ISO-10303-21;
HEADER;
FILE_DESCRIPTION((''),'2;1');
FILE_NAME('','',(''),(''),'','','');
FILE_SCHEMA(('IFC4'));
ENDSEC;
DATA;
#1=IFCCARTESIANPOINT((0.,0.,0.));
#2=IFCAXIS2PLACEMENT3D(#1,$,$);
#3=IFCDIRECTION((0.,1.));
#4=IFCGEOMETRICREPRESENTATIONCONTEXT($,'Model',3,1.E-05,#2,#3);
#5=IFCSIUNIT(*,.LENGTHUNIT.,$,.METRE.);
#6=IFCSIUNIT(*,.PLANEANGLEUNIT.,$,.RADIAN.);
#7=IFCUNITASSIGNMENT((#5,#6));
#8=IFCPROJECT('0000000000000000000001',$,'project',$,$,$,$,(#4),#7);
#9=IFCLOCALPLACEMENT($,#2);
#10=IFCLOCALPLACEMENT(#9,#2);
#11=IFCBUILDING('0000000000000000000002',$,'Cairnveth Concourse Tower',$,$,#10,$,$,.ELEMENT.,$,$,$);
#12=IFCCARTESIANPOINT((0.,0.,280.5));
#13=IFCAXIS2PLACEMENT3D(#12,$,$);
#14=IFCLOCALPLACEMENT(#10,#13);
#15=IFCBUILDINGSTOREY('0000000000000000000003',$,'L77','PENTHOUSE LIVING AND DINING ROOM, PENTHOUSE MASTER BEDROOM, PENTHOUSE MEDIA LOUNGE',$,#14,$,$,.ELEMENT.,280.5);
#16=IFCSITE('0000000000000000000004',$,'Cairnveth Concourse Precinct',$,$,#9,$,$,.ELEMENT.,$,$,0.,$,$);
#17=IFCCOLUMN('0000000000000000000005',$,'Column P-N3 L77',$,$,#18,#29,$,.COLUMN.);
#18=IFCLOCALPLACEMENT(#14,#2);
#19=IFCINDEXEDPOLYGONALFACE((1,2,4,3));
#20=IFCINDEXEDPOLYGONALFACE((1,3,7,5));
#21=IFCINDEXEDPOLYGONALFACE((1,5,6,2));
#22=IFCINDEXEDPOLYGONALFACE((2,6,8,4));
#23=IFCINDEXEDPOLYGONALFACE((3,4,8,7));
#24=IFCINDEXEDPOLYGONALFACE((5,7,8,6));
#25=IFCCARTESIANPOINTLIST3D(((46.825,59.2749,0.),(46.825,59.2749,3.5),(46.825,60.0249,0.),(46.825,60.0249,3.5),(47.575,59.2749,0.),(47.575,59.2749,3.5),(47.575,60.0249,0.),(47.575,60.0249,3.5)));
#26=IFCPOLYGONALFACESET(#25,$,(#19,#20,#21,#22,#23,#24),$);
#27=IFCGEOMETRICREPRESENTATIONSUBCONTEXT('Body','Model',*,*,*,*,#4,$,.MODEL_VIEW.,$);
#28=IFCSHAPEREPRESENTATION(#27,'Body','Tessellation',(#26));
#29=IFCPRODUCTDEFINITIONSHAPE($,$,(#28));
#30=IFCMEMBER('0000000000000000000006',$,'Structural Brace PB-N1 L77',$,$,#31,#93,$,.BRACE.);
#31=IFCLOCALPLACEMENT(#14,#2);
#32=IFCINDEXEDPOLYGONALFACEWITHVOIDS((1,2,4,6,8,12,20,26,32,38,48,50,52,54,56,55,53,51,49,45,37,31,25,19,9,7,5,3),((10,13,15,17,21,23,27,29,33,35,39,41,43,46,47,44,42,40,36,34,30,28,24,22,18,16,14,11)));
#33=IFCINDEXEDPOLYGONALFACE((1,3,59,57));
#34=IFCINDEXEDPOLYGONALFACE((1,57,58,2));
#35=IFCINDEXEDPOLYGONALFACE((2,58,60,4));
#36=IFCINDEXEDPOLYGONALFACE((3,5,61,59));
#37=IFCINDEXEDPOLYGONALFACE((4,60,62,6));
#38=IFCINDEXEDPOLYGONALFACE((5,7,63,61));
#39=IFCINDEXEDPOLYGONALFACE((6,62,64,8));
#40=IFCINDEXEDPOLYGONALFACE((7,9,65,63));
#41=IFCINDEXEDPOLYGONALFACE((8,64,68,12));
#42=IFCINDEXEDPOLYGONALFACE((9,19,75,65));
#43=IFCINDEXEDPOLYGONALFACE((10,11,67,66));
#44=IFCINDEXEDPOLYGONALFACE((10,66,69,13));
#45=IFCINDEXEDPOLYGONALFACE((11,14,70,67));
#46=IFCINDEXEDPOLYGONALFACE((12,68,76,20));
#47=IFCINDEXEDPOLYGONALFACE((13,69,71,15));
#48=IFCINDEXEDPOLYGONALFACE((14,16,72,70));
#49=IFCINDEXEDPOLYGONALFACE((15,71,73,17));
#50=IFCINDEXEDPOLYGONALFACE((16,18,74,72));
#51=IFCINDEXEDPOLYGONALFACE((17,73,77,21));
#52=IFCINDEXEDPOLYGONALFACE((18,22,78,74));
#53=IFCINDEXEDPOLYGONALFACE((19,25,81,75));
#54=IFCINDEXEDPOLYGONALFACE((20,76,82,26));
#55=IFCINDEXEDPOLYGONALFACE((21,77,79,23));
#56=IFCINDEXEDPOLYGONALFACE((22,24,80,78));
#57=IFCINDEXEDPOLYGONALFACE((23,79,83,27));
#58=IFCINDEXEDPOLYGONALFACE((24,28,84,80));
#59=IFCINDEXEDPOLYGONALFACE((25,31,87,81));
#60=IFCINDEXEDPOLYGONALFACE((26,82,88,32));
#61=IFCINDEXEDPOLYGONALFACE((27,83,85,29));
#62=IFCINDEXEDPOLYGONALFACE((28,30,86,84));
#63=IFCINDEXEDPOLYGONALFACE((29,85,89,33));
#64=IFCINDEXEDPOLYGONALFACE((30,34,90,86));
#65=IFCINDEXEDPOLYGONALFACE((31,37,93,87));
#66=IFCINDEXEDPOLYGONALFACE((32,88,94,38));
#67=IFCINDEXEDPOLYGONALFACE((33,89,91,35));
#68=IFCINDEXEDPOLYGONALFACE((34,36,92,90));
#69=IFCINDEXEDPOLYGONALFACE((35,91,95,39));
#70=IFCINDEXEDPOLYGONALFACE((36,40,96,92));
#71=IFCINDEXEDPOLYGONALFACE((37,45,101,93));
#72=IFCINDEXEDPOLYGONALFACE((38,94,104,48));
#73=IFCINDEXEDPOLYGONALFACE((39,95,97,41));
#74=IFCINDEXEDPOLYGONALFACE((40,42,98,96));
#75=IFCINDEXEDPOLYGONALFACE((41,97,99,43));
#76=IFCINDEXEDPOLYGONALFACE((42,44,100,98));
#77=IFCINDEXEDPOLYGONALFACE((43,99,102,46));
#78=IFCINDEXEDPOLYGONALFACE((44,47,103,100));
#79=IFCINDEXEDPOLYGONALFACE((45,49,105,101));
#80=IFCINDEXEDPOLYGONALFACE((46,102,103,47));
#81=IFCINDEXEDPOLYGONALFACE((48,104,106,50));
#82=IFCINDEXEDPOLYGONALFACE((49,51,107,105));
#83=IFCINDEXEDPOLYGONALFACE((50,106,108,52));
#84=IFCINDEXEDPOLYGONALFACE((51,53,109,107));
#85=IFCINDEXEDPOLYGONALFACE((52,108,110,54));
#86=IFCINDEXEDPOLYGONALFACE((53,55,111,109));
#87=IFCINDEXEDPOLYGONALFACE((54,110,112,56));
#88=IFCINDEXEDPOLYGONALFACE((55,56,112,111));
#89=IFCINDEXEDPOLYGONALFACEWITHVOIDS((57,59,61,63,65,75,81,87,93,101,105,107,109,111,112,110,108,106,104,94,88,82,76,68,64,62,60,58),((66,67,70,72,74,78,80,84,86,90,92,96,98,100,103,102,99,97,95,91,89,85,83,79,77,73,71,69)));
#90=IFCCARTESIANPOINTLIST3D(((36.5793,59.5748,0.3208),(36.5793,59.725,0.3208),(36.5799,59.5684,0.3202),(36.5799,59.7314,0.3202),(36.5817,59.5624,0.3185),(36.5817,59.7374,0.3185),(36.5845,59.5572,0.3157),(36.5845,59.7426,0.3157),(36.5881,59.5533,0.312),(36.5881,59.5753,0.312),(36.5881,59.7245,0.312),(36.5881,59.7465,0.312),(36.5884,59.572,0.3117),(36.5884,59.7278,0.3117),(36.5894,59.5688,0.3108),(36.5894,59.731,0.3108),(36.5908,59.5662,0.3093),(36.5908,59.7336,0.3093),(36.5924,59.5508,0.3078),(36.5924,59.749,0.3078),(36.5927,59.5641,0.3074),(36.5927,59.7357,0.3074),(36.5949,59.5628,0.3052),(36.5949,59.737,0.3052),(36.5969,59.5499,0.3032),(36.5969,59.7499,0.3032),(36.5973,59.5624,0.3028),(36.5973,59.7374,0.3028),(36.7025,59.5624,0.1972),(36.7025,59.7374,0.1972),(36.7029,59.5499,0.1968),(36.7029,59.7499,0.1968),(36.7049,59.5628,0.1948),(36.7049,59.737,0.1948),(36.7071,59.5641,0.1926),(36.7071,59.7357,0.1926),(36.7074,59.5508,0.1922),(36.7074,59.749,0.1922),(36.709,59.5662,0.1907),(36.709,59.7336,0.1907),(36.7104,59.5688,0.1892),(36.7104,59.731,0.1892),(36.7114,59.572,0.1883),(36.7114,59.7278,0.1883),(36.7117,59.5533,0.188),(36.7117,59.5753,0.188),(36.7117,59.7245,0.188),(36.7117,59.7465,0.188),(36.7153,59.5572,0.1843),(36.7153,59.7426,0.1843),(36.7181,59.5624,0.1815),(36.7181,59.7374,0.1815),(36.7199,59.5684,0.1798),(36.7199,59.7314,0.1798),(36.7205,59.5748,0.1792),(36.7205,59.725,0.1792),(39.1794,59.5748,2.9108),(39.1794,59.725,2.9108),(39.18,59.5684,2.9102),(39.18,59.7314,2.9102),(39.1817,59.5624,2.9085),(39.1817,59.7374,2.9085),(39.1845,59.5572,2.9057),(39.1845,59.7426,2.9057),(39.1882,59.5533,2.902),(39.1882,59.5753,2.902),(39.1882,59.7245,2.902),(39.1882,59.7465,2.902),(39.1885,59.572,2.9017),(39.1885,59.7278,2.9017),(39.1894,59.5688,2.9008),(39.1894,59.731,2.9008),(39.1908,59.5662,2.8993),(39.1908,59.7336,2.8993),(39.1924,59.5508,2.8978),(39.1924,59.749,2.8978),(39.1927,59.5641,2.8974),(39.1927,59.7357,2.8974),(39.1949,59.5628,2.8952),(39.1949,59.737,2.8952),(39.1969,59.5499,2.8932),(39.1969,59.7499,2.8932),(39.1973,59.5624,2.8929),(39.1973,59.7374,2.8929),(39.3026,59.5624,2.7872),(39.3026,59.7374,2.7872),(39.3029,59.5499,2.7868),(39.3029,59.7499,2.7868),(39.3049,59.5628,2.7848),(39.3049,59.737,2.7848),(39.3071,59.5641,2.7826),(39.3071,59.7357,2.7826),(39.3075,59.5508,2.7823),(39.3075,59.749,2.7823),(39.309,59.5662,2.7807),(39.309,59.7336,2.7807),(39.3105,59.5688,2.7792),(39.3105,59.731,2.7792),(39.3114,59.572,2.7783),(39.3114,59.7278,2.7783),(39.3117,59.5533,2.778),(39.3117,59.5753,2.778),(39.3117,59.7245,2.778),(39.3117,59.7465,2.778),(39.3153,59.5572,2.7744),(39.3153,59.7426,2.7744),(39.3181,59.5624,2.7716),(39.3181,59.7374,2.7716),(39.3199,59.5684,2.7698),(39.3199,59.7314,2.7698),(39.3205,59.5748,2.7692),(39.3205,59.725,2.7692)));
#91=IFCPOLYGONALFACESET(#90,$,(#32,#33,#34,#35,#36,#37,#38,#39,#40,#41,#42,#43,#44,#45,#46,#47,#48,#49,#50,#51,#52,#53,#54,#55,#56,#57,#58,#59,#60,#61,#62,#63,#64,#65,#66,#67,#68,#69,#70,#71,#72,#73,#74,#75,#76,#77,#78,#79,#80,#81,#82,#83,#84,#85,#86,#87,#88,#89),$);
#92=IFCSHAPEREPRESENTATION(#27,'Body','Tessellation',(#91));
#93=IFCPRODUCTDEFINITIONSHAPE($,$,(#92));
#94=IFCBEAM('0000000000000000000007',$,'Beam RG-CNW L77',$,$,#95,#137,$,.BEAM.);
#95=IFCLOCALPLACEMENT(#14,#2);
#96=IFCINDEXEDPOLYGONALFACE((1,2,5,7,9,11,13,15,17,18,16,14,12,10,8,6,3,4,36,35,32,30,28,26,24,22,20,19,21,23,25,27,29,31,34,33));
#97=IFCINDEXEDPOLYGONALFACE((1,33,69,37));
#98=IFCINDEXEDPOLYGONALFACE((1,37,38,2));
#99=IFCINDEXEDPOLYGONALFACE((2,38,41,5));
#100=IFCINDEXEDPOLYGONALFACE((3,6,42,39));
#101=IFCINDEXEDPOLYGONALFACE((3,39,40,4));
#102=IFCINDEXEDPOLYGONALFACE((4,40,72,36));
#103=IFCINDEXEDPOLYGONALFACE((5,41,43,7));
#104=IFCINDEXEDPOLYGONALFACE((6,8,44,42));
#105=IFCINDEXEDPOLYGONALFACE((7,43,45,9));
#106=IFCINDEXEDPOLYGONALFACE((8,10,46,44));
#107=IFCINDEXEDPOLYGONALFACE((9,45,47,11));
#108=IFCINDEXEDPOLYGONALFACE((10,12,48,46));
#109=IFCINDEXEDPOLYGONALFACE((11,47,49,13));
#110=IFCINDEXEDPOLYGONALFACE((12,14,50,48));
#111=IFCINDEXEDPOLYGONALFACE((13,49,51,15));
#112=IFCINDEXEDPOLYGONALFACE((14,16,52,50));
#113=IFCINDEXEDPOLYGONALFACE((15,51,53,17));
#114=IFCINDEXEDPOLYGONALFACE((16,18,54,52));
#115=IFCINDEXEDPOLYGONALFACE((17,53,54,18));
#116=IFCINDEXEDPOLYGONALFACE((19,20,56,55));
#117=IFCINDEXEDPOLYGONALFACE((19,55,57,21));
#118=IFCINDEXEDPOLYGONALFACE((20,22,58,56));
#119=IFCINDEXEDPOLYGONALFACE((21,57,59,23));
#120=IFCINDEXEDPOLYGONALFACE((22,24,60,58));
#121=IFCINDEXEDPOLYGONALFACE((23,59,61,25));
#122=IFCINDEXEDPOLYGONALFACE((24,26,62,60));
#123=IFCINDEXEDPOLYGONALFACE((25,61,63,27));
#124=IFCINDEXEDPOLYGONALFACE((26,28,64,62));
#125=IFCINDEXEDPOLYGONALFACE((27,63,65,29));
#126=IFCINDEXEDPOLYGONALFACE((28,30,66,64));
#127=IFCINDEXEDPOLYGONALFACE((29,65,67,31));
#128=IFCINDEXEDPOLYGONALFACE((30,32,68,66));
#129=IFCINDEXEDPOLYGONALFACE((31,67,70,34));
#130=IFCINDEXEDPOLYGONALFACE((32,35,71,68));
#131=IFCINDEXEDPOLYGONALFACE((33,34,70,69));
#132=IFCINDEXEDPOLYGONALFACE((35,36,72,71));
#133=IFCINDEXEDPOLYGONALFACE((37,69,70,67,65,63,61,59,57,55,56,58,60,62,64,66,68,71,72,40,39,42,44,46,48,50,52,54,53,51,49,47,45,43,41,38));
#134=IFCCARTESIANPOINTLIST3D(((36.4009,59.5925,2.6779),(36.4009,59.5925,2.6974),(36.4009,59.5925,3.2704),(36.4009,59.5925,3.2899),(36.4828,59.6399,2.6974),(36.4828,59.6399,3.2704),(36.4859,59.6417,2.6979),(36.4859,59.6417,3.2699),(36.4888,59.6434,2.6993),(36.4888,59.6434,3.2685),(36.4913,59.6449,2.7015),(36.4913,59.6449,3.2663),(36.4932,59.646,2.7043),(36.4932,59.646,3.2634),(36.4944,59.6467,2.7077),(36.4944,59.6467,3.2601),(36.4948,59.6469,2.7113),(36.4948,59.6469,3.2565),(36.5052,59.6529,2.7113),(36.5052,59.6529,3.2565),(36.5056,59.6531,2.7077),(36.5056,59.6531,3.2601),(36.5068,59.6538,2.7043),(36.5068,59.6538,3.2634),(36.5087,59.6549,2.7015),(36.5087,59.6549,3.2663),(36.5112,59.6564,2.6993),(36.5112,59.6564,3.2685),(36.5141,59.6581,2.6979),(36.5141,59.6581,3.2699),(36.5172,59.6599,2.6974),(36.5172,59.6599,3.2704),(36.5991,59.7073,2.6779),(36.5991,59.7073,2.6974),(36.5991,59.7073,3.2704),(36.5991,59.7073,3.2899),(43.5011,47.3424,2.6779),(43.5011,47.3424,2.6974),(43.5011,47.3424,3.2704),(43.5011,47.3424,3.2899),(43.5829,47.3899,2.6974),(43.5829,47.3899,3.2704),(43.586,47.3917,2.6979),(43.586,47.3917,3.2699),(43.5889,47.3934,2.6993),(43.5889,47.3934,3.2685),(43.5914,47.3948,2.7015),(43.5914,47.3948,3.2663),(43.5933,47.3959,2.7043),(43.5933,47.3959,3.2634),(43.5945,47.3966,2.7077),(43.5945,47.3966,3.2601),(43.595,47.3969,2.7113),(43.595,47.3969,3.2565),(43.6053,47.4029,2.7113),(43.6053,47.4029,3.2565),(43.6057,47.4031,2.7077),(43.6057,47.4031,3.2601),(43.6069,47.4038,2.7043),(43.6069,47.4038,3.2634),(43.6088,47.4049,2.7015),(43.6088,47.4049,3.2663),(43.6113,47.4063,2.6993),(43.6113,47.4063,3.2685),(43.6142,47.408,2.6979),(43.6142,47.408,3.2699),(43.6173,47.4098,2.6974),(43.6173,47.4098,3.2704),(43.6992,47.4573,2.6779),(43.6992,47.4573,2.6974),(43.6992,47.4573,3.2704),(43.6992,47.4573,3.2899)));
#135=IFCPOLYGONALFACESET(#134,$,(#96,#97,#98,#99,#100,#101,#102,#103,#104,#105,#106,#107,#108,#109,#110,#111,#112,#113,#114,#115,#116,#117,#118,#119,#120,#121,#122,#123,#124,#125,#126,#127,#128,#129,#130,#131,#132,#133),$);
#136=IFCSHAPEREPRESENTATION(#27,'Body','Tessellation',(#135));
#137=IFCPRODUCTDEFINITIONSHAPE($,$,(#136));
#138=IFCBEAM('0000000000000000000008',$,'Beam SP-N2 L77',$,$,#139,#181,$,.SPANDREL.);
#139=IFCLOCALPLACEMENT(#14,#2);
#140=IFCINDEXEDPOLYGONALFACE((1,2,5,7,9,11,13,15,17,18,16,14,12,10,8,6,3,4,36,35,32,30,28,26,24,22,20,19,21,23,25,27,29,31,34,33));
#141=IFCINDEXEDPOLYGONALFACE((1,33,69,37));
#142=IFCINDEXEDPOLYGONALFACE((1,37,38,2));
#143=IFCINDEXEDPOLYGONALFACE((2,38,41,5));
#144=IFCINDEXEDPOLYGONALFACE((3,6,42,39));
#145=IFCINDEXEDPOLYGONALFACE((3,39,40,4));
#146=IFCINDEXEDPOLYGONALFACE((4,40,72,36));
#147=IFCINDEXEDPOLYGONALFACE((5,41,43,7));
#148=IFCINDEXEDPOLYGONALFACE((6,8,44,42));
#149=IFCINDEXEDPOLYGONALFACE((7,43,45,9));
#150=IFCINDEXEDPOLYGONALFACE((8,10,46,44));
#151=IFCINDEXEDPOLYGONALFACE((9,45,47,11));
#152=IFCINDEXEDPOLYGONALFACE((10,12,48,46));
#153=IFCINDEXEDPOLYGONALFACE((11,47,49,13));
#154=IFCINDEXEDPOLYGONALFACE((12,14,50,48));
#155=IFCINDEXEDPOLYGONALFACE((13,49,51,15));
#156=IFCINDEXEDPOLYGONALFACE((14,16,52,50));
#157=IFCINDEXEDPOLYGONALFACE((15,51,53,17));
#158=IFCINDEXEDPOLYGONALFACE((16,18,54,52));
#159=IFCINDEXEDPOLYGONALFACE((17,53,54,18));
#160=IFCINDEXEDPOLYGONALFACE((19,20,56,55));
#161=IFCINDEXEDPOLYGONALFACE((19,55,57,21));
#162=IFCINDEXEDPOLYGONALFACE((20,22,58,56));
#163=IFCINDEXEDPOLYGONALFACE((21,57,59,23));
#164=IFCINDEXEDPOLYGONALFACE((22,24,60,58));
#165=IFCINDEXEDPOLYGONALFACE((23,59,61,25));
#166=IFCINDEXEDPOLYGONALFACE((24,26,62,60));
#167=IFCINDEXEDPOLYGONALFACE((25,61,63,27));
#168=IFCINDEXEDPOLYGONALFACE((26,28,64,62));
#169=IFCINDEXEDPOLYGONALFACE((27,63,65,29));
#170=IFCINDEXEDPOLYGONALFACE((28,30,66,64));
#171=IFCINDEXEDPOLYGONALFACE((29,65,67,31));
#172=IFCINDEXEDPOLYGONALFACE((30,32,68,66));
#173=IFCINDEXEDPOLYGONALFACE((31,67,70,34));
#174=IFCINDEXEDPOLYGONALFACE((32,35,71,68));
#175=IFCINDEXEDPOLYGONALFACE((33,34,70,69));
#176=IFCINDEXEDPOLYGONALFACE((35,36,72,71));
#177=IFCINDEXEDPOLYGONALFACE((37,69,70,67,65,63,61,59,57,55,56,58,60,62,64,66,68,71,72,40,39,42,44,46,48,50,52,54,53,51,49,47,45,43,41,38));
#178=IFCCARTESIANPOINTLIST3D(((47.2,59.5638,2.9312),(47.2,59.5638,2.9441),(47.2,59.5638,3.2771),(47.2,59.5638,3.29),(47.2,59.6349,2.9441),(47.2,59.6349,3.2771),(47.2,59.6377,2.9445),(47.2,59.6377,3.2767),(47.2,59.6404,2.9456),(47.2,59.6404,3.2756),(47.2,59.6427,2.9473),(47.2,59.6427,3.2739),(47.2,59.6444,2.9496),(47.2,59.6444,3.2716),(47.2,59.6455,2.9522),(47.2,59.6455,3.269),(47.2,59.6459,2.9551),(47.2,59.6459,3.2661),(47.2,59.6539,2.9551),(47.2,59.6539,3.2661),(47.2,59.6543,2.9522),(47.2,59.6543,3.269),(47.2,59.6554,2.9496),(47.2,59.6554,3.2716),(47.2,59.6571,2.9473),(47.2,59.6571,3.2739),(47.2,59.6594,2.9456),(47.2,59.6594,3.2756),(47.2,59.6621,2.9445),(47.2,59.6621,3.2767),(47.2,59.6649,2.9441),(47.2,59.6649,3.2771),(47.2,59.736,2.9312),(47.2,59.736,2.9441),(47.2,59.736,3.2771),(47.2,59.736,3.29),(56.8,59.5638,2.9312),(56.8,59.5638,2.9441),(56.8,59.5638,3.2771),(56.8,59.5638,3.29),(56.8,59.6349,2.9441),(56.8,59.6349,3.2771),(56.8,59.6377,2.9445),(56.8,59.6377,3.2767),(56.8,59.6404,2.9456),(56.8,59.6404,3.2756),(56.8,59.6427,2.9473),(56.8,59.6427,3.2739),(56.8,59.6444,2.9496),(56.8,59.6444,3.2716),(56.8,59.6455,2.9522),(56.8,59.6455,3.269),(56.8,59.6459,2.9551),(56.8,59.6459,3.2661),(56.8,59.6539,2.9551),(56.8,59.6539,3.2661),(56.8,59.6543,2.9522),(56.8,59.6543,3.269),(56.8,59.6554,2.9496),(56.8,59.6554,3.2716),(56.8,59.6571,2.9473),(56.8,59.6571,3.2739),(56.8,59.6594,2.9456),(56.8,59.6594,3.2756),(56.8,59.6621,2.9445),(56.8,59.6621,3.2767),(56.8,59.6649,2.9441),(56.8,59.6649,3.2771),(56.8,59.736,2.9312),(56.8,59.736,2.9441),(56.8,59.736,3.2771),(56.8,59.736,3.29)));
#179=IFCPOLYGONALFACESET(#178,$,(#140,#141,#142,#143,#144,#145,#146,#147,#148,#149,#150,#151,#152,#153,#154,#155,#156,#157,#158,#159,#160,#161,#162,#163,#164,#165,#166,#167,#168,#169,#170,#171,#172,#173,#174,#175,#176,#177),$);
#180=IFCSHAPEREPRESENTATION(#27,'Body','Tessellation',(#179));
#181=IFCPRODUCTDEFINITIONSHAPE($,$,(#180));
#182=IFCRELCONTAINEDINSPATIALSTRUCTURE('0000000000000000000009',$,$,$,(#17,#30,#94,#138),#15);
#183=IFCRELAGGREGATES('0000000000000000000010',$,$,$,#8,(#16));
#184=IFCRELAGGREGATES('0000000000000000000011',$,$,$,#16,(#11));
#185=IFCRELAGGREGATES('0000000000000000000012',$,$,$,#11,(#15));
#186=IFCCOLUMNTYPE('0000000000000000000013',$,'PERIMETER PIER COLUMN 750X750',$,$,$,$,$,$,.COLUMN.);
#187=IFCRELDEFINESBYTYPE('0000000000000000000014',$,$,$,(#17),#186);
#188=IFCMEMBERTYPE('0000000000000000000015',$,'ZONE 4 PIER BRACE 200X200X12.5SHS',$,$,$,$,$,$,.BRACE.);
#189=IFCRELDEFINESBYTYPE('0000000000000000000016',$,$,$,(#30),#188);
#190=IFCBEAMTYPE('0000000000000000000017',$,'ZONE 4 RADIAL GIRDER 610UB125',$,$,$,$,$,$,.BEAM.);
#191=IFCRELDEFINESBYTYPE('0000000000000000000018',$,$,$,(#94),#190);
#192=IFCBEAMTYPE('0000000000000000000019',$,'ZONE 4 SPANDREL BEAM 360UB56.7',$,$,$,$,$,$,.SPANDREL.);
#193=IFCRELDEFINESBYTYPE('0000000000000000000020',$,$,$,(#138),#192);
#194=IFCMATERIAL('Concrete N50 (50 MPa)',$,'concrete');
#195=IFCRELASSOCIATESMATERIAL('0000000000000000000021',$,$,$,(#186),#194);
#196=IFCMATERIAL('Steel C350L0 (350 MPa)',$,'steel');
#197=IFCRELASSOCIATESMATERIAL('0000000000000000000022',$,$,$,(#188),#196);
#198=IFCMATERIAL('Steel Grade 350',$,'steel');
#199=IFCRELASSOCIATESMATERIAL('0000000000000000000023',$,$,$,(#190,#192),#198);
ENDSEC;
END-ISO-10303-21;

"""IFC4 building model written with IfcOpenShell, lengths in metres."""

from ifc_helpers import new_model, si_unit, direction, frame, origin, origin_2d, place, context, subcontext, project, spatial, rectangle, hollow_rectangle, i_section, extrude, material, material_profile, profile_set, type_object, element, save


model = new_model("IFC4")

# Units and contexts
model_context = context("Model", 3, precision=1e-05, world=origin(), true_north=direction((0.0, 1.0)))
body_context = subcontext(model_context, "Body", "Model", "MODEL_VIEW")
ifc_project = project(units=[si_unit("LENGTHUNIT", "METRE"), si_unit("PLANEANGLEUNIT", "RADIAN")], contexts=[model_context])

# Site, building, storey
site_placement = place(None, origin())
site = spatial("IfcSite", under=ifc_project, at=site_placement, Name="Cairnveth Concourse Precinct", CompositionType="ELEMENT", RefElevation=0.0)
building_placement = place(site_placement, origin())
building = spatial("IfcBuilding", under=site, at=building_placement, Name="Cairnveth Concourse Tower", CompositionType="ELEMENT")
storey_placement = place(building_placement, frame((0.0, 0.0, 280.5)))
storey = spatial("IfcBuildingStorey", under=building, at=storey_placement, Name="L77", Description="PENTHOUSE LIVING AND DINING ROOM, PENTHOUSE MASTER BEDROOM, PENTHOUSE MEDIA LOUNGE", CompositionType="ELEMENT", Elevation=280.5)

# Column
ifc_material_1 = material(Name="Concrete N50 (50 MPa)", Category="concrete")
ifc_material_profile_1 = material_profile(ifc_material_1, rectangle(XDim=0.75, YDim=0.75, at=origin_2d()), Name="RC-COL-750x750")
ifc_profile_set_1 = profile_set([ifc_material_profile_1], Name="Concrete N50 (50 MPa)")
column_type = type_object("IfcColumnType", Name="PERIMETER PIER COLUMN 750X750", PredefinedType="COLUMN", material=ifc_profile_set_1)
column_placement = place(storey_placement, frame((47.2, 59.6499, 0.0), z_axis=(0.0, 0.0, 1.0), x_axis=(1.0, 0.0, 0.0)))
element("IfcColumn", 1, at=column_placement, inside=storey, type_object=column_type, Name="Column P-N3 L77", PredefinedType="COLUMN", context=body_context, shape_type="SweptSolid", body=[
    extrude(rectangle(XDim=0.75, YDim=0.75, at=origin_2d()), origin(), (0.0, 0.0, 1.0), 3.5),
])

# Member
ifc_material_2 = material(Name="Steel C350L0 (350 MPa)", Category="steel")
ifc_material_profile_2 = material_profile(ifc_material_2, hollow_rectangle(XDim=0.2, YDim=0.2, WallThickness=0.0125, InnerFilletRadius=0.0129, OuterFilletRadius=0.0249, at=origin_2d()), Name="200x200x12.5SHS")
ifc_profile_set_2 = profile_set([ifc_material_profile_2], Name="Steel C350L0 (350 MPa)")
member_type = type_object("IfcMemberType", Name="ZONE 4 PIER BRACE 200X200X12.5SHS", PredefinedType="BRACE", material=ifc_profile_set_2)
member_placement = place(storey_placement, frame((36.6499, 59.6499, 0.25), z_axis=(0.708469, 0.0, 0.705742), x_axis=(0.0, 1.0, 0.0)))
element("IfcMember", 2, at=member_placement, inside=storey, type_object=member_type, Name="Structural Brace PB-N1 L77", PredefinedType="BRACE", context=body_context, shape_type="SweptSolid", body=[
    extrude(hollow_rectangle(XDim=0.2, YDim=0.2, WallThickness=0.0125, InnerFilletRadius=0.0129, OuterFilletRadius=0.0249, at=origin_2d()), origin(), (0.0, 0.0, 1.0), 3.6699),
])

# Beams
ifc_material_3 = material(Name="Steel Grade 350", Category="steel")
ifc_material_profile_3 = material_profile(ifc_material_3, i_section(OverallWidth=0.229, OverallDepth=0.6121, WebThickness=0.012, FlangeThickness=0.0195, FilletRadius=0.0139, at=origin_2d()), Name="610UB125")
ifc_profile_set_3 = profile_set([ifc_material_profile_3], Name="Steel Grade 350")
beam_type_1 = type_object("IfcBeamType", Name="ZONE 4 RADIAL GIRDER 610UB125", PredefinedType="BEAM", material=ifc_profile_set_3)
beam_1_placement = place(storey_placement, frame((36.5, 59.6499, 2.9839), z_axis=(0.501459, -0.865181, 0.0), x_axis=(0.865181, 0.501459, 0.0)))
element("IfcBeam", 3, at=beam_1_placement, inside=storey, type_object=beam_type_1, Name="Beam RG-CNW L77", PredefinedType="BEAM", context=body_context, shape_type="SweptSolid", body=[
    extrude(i_section(OverallWidth=0.229, OverallDepth=0.6121, WebThickness=0.012, FlangeThickness=0.0195, FilletRadius=0.0139, at=origin_2d()), origin(), (0.0, 0.0, 1.0), 14.1589),
])
ifc_material_profile_4 = material_profile(ifc_material_3, i_section(OverallWidth=0.1721, OverallDepth=0.3589, WebThickness=0.0081, FlangeThickness=0.0129, FilletRadius=0.011, at=origin_2d()), Name="360UB56.7")
ifc_profile_set_4 = profile_set([ifc_material_profile_4], Name="Steel Grade 350")
beam_type_2 = type_object("IfcBeamType", Name="ZONE 4 SPANDREL BEAM 360UB56.7", PredefinedType="SPANDREL", material=ifc_profile_set_4)
beam_2_placement = place(storey_placement, frame((47.2, 59.6499, 3.1106), z_axis=(1.0, 0.0, 0.0), x_axis=(0.0, 1.0, 0.0)))
element("IfcBeam", 4, at=beam_2_placement, inside=storey, type_object=beam_type_2, Name="Beam SP-N2 L77", PredefinedType="SPANDREL", context=body_context, shape_type="SweptSolid", body=[
    extrude(i_section(OverallWidth=0.1721, OverallDepth=0.3589, WebThickness=0.0081, FlangeThickness=0.0129, FilletRadius=0.011, at=origin_2d()), origin(), (0.0, 0.0, 1.0), 9.6001),
])

save(model, "model.ifc")
